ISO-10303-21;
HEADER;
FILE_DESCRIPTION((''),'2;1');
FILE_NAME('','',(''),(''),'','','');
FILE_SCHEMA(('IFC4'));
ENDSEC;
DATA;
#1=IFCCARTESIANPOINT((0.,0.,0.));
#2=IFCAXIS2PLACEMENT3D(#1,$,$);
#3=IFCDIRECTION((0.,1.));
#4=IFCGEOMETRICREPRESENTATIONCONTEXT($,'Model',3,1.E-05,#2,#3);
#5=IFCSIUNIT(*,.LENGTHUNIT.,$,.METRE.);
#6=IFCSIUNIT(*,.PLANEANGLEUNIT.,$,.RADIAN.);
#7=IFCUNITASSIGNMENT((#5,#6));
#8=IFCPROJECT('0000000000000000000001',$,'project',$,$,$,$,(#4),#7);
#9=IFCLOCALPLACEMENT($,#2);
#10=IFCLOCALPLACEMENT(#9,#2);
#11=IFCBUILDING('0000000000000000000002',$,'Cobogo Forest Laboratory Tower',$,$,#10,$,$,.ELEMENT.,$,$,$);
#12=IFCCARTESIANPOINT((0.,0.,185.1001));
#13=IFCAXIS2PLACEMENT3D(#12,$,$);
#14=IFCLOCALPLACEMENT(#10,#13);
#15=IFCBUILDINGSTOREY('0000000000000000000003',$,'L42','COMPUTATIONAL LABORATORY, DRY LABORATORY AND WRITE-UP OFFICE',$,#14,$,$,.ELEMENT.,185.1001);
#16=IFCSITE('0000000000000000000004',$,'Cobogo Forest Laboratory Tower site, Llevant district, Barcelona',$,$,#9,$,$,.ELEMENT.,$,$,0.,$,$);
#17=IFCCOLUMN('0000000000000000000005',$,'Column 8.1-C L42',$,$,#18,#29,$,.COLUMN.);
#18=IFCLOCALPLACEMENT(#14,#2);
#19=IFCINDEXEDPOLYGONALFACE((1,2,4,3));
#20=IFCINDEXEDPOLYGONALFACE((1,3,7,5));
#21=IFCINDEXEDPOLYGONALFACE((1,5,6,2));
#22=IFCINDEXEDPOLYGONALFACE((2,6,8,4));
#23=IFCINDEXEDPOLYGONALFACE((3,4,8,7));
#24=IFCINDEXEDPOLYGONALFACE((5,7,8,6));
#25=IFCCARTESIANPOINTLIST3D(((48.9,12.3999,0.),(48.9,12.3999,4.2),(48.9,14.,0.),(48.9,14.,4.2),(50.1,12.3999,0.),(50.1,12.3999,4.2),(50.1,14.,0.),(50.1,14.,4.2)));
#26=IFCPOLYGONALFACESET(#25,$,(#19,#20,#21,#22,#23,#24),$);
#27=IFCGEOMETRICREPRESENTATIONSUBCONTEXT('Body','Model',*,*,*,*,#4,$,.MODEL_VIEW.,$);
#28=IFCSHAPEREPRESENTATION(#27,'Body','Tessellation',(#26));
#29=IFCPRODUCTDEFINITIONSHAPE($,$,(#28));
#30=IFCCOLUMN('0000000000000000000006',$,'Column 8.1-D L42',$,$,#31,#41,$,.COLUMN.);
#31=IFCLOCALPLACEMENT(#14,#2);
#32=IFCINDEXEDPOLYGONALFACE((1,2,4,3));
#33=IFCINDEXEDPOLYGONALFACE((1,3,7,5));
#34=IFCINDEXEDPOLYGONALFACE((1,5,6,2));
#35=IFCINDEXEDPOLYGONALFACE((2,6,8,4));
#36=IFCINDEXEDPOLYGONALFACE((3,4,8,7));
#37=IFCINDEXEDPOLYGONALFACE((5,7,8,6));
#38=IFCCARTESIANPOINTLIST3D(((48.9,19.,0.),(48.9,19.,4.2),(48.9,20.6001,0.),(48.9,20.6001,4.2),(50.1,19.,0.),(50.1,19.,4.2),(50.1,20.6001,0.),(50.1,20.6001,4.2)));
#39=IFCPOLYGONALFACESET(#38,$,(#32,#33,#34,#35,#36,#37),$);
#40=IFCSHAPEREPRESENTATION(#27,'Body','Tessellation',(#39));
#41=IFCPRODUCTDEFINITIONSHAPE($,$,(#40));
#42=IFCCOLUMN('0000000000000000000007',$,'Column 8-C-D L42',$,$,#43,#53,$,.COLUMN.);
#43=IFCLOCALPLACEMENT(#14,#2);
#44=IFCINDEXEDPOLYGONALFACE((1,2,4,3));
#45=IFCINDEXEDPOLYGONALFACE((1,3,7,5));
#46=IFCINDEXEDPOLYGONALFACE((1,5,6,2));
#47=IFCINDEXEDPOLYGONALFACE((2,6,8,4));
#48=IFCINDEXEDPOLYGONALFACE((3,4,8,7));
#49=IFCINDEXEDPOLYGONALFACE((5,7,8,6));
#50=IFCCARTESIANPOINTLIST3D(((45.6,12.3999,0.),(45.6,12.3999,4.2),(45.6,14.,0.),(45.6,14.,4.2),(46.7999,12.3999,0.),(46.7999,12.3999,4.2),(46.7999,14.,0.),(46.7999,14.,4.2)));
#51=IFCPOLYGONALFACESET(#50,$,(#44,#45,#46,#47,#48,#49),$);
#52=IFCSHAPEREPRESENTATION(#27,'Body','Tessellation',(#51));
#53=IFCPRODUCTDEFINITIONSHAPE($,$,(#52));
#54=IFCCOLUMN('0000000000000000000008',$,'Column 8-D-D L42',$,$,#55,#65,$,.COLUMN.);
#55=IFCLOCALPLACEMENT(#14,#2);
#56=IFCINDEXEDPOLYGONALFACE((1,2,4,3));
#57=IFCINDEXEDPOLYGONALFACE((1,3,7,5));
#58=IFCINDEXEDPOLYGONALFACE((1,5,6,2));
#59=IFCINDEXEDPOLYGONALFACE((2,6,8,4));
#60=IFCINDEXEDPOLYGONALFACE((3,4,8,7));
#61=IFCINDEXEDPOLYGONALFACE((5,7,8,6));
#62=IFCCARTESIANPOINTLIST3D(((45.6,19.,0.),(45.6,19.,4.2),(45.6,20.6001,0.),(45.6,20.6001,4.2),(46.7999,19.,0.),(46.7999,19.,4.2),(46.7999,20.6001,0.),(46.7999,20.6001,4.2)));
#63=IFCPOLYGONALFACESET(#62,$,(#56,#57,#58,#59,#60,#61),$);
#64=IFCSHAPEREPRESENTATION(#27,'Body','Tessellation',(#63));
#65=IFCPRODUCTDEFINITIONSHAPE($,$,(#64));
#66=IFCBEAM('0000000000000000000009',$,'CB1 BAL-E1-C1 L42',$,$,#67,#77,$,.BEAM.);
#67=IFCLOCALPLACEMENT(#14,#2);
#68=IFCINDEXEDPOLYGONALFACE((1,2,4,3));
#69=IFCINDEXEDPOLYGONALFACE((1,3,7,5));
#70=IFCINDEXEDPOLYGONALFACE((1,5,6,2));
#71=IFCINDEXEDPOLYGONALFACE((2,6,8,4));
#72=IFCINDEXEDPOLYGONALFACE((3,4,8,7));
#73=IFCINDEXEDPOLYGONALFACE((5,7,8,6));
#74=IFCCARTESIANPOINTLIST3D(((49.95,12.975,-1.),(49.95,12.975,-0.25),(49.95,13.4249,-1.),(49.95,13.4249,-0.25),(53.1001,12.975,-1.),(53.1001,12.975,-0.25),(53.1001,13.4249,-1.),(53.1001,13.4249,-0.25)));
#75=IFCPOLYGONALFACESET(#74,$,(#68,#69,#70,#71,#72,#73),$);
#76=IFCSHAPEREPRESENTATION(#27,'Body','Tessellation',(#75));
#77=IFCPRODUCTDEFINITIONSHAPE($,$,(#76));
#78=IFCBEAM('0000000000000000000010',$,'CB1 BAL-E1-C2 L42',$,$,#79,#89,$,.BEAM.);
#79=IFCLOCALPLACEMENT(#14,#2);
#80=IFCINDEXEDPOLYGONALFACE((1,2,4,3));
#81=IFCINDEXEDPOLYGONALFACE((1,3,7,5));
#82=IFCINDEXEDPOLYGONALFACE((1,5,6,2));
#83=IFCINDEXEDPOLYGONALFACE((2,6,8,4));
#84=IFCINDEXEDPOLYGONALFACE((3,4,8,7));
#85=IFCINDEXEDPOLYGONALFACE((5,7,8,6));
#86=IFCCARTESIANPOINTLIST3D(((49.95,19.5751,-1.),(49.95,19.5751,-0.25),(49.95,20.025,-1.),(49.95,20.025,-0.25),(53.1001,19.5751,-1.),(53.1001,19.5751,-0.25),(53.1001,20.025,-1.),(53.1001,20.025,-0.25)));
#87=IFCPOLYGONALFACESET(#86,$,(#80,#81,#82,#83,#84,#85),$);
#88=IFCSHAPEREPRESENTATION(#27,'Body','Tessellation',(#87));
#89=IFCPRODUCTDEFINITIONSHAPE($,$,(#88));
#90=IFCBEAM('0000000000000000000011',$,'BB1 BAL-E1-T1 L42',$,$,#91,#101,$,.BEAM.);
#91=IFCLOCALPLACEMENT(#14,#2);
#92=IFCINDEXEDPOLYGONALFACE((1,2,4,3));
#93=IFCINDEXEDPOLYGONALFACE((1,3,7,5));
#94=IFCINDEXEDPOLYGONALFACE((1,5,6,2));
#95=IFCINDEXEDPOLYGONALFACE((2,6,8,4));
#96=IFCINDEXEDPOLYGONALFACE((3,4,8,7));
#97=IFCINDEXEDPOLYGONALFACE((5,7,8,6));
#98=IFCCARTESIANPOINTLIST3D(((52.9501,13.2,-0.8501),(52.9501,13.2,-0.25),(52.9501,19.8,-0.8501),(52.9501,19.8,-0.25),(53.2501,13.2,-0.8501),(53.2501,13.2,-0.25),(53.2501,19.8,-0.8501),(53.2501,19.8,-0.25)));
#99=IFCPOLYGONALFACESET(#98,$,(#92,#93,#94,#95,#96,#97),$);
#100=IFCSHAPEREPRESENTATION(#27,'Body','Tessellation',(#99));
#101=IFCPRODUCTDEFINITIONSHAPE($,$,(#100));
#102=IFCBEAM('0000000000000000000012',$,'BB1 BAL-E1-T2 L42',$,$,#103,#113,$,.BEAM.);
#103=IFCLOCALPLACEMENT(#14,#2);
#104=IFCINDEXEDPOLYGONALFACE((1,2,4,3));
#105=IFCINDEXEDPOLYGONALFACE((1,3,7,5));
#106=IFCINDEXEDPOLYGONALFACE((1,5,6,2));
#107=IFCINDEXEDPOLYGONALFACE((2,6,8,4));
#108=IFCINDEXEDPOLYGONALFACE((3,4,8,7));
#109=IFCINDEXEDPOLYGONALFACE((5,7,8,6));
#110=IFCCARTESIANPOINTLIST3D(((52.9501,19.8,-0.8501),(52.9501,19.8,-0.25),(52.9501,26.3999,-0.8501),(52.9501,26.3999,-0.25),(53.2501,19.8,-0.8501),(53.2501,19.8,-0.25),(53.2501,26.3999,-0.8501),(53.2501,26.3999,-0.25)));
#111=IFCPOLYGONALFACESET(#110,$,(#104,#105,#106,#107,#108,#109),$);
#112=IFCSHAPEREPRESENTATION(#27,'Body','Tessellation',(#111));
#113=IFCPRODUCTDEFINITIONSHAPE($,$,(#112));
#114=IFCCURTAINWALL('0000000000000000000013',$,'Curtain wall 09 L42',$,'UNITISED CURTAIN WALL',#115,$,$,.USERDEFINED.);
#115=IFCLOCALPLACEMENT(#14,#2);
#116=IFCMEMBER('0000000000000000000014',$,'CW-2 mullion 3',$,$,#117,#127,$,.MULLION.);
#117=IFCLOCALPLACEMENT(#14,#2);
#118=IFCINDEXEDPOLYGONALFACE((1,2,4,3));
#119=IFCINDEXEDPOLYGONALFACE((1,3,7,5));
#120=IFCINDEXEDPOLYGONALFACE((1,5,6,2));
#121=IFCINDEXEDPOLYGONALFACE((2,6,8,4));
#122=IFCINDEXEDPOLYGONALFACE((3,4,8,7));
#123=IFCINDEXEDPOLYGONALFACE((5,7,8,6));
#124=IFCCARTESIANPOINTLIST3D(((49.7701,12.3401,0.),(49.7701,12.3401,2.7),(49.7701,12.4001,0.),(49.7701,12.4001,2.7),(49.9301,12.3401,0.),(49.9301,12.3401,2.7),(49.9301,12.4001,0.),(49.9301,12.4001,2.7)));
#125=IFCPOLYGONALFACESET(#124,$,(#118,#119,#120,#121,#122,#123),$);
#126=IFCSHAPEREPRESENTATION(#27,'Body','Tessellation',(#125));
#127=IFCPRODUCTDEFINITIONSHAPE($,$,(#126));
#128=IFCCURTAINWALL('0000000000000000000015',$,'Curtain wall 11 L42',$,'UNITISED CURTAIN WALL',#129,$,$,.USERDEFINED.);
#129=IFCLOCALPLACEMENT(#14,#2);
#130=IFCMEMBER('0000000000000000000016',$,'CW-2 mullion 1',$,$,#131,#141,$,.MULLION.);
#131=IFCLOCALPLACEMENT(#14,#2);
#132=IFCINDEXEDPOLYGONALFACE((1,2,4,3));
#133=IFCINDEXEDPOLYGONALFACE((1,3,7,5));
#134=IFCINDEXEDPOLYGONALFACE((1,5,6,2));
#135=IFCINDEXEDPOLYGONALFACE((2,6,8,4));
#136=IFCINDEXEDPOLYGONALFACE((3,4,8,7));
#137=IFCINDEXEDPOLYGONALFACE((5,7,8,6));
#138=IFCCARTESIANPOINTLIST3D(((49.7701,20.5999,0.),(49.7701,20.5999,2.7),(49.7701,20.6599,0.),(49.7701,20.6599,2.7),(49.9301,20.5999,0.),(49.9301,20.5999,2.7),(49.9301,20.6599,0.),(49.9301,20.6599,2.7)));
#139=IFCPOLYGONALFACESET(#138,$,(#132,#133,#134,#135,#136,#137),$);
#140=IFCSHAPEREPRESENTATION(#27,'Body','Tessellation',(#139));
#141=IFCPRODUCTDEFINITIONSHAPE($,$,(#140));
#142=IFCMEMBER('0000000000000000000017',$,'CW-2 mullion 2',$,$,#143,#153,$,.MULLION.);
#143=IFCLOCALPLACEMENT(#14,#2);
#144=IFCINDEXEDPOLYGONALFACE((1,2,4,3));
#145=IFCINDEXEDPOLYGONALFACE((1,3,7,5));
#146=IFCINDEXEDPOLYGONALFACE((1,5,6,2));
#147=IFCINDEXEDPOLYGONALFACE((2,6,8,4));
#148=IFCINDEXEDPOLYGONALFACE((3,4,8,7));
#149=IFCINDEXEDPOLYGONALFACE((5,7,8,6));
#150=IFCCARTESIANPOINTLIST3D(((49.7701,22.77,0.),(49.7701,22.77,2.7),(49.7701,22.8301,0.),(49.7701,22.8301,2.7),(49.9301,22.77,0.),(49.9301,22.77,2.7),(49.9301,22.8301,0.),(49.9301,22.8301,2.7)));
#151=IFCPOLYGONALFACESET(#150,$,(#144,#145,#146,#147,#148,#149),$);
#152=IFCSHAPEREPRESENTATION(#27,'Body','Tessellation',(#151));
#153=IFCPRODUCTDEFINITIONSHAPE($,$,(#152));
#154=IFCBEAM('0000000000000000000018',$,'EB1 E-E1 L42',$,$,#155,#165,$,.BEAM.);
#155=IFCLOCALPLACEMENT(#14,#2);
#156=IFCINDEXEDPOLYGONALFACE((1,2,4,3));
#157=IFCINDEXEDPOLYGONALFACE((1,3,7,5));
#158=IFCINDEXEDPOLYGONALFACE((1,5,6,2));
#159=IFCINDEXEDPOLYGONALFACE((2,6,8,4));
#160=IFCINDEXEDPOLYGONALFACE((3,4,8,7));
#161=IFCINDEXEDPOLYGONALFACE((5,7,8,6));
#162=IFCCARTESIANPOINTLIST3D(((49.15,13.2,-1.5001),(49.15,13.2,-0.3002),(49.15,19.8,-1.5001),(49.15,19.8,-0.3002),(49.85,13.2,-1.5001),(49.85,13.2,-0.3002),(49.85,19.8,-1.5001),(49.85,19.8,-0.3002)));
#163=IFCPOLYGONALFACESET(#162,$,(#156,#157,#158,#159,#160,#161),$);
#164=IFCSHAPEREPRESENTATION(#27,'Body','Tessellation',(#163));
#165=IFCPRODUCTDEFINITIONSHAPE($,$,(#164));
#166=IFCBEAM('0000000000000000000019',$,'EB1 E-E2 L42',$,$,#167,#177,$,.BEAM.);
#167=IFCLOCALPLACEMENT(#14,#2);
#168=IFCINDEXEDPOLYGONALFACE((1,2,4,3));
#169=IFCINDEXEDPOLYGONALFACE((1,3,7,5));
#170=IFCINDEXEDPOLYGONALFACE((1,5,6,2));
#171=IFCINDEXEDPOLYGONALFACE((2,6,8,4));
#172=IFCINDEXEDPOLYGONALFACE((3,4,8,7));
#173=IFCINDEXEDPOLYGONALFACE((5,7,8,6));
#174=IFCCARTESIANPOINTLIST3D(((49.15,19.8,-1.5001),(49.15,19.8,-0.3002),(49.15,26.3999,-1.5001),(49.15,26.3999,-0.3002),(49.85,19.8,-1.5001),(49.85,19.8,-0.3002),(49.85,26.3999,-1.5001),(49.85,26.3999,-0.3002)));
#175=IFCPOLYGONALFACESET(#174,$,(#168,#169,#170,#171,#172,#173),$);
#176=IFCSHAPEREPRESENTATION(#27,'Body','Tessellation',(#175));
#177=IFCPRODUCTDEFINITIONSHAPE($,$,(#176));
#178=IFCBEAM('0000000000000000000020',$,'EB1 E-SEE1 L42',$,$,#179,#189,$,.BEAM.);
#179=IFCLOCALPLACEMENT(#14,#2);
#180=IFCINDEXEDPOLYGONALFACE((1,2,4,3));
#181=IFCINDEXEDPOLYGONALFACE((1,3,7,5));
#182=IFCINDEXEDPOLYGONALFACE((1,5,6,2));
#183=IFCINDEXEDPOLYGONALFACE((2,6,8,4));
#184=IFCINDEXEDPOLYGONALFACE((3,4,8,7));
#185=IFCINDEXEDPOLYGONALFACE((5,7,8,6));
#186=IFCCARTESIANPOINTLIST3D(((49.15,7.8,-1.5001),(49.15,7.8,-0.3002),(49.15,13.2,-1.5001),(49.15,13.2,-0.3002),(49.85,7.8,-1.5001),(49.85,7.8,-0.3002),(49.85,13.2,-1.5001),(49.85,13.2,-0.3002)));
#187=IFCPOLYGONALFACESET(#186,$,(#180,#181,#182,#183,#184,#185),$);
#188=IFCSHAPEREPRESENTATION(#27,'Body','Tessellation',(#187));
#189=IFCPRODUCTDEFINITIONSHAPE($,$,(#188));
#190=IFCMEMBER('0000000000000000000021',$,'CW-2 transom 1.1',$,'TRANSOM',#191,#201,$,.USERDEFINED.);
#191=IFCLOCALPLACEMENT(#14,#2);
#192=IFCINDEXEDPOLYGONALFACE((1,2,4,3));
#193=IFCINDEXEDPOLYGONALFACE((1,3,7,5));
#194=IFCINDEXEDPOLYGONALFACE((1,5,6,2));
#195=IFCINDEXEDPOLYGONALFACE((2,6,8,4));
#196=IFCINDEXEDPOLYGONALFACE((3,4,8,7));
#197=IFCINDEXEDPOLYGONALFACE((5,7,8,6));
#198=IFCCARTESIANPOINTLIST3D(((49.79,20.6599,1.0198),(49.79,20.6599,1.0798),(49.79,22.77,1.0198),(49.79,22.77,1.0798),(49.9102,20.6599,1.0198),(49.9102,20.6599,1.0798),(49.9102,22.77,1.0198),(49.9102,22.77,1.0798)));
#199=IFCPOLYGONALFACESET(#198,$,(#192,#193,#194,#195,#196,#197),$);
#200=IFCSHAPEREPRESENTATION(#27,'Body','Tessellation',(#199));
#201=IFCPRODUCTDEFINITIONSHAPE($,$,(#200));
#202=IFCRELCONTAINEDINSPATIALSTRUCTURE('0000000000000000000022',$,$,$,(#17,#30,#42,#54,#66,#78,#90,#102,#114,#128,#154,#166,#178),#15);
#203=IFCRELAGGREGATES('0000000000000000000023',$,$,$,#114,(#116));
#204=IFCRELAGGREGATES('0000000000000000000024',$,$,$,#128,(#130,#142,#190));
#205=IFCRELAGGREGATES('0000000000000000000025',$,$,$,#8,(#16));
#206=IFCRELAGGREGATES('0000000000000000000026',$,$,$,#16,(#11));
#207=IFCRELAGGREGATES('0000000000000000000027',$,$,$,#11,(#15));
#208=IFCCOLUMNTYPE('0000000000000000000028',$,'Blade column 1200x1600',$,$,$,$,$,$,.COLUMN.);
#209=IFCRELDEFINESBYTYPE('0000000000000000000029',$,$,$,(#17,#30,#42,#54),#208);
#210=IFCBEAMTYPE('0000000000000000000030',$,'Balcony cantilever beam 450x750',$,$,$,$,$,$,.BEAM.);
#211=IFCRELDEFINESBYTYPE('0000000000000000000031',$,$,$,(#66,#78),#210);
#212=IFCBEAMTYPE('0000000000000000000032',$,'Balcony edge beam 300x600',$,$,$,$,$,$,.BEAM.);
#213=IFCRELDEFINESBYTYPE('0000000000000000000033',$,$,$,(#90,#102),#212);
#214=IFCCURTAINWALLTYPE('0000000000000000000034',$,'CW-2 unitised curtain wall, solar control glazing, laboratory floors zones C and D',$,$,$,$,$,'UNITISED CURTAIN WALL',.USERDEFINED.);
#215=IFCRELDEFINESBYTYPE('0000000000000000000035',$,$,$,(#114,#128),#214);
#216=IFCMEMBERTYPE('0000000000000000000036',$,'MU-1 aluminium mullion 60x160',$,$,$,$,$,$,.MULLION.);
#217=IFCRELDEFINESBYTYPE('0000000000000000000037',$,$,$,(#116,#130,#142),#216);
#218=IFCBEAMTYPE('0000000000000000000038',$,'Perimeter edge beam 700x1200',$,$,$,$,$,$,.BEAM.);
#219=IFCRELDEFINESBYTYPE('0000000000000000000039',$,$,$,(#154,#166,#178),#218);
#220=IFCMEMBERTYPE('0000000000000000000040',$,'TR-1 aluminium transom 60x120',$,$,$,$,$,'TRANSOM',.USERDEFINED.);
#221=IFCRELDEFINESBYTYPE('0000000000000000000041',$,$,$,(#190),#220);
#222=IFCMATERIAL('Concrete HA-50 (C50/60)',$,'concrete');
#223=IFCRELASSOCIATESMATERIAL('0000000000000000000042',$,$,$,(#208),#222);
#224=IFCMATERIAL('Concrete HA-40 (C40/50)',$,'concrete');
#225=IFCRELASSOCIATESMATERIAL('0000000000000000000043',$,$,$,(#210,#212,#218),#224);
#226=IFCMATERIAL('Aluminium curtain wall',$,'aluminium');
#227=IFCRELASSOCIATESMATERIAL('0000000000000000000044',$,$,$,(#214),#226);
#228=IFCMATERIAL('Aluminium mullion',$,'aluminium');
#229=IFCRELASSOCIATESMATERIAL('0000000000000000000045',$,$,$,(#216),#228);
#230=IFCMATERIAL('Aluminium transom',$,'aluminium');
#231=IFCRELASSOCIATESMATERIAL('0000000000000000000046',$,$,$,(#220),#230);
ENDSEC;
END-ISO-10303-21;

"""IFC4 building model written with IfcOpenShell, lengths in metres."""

from ifc_helpers import new_model, si_unit, direction, frame, origin, origin_2d, place, context, subcontext, project, spatial, rectangle, extrude, material, material_profile, profile_set, type_object, element, aggregate, save


model = new_model("IFC4")

# Units and contexts
model_context = context("Model", 3, precision=1e-05, world=origin(), true_north=direction((0.0, 1.0)))
body_context = subcontext(model_context, "Body", "Model", "MODEL_VIEW")
ifc_project = project(units=[si_unit("LENGTHUNIT", "METRE"), si_unit("PLANEANGLEUNIT", "RADIAN")], contexts=[model_context])

# Site, building, storey
site_placement = place(None, origin())
site = spatial("IfcSite", under=ifc_project, at=site_placement, Name="Cobogo Forest Laboratory Tower site, Llevant district, Barcelona", CompositionType="ELEMENT", RefElevation=0.0)
building_placement = place(site_placement, origin())
building = spatial("IfcBuilding", under=site, at=building_placement, Name="Cobogo Forest Laboratory Tower", CompositionType="ELEMENT")
storey_placement = place(building_placement, frame((0.0, 0.0, 185.1001)))
storey = spatial("IfcBuildingStorey", under=building, at=storey_placement, Name="L42", Description="COMPUTATIONAL LABORATORY, DRY LABORATORY AND WRITE-UP OFFICE", CompositionType="ELEMENT", Elevation=185.1001)

# Columns
ifc_material_1 = material(Name="Concrete HA-50 (C50/60)", Category="concrete")
ifc_material_profile_1 = material_profile(ifc_material_1, rectangle(XDim=1.6001, YDim=1.2, at=origin_2d()), Name="RC 1200x1600")
ifc_profile_set_1 = profile_set([ifc_material_profile_1], Name="Concrete HA-50 (C50/60)")
column_type = type_object("IfcColumnType", Name="Blade column 1200x1600", PredefinedType="COLUMN", material=ifc_profile_set_1)
for number, where, z_axis, x_axis, name in (
    (1, (49.5, 13.2, 0.0), (0.0, 0.0, 1.0), (0.0, 1.0, 0.0), "Column 8.1-C L42"),
    (2, (49.5, 19.8, 0.0), (0.0, 0.0, 1.0), (0.0, 1.0, 0.0), "Column 8.1-D L42"),
    (3, (46.2, 13.2, 0.0), (0.0, 0.0, 1.0), (0.0, 1.0, 0.0), "Column 8-C-D L42"),
    (4, (46.2, 19.8, 0.0), (0.0, 0.0, 1.0), (0.0, 1.0, 0.0), "Column 8-D-D L42"),
):
    element("IfcColumn", number, at=place(storey_placement, frame(where, z_axis=z_axis, x_axis=x_axis)), inside=storey, type_object=column_type, Name=name, PredefinedType="COLUMN", context=body_context, shape_type="SweptSolid", body=[
        extrude(rectangle(XDim=1.6001, YDim=1.2, at=origin_2d()), origin(), (0.0, 0.0, 1.0), 4.2),
    ])

# Beams
ifc_material_2 = material(Name="Concrete HA-40 (C40/50)", Category="concrete")
ifc_material_profile_2 = material_profile(ifc_material_2, rectangle(XDim=0.45, YDim=0.75, at=origin_2d()), Name="RC 450x750")
ifc_profile_set_2 = profile_set([ifc_material_profile_2], Name="Concrete HA-40 (C40/50)")
beam_type_1 = type_object("IfcBeamType", Name="Balcony cantilever beam 450x750", PredefinedType="BEAM", material=ifc_profile_set_2)
for number, where, z_axis, x_axis, name in (
    (5, (49.95, 13.2, -0.625), (1.0, 0.0, 0.0), (0.0, 1.0, 0.0), "CB1 BAL-E1-C1 L42"),
    (6, (49.95, 19.8, -0.625), (1.0, 0.0, 0.0), (0.0, 1.0, 0.0), "CB1 BAL-E1-C2 L42"),
):
    element("IfcBeam", number, at=place(storey_placement, frame(where, z_axis=z_axis, x_axis=x_axis)), inside=storey, type_object=beam_type_1, Name=name, PredefinedType="BEAM", context=body_context, shape_type="SweptSolid", body=[
        extrude(rectangle(XDim=0.45, YDim=0.75, at=origin_2d()), origin(), (0.0, 0.0, 1.0), 3.1501),
    ])
ifc_material_profile_3 = material_profile(ifc_material_2, rectangle(XDim=0.3, YDim=0.6001, at=origin_2d()), Name="RC 300x600")
ifc_profile_set_3 = profile_set([ifc_material_profile_3], Name="Concrete HA-40 (C40/50)")
beam_type_2 = type_object("IfcBeamType", Name="Balcony edge beam 300x600", PredefinedType="BEAM", material=ifc_profile_set_3)
beam_1_placement = place(storey_placement, frame((53.1001, 13.2, -0.55), z_axis=(0.0, 1.0, 0.0), x_axis=(-1.0, 0.0, 0.0)))
element("IfcBeam", 7, at=beam_1_placement, inside=storey, type_object=beam_type_2, Name="BB1 BAL-E1-T1 L42", PredefinedType="BEAM", context=body_context, shape_type="SweptSolid", body=[
    extrude(rectangle(XDim=0.3, YDim=0.6001, at=origin_2d()), origin(), (0.0, 0.0, 1.0), 6.6001),
])
beam_2_placement = place(storey_placement, frame((53.1001, 19.8, -0.55), z_axis=(0.0, 1.0, 0.0), x_axis=(-1.0, 0.0, 0.0)))
element("IfcBeam", 8, at=beam_2_placement, inside=storey, type_object=beam_type_2, Name="BB1 BAL-E1-T2 L42", PredefinedType="BEAM", context=body_context, shape_type="SweptSolid", body=[
    extrude(rectangle(XDim=0.3, YDim=0.6001, at=origin_2d()), origin(), (0.0, 0.0, 1.0), 6.5999),
])

# Curtain wall, member
ifc_material_3 = material(Name="Aluminium curtain wall", Category="aluminium")
curtain_wall_type = type_object("IfcCurtainWallType", Name="CW-2 unitised curtain wall, solar control glazing, laboratory floors zones C and D", ElementType="UNITISED CURTAIN WALL", PredefinedType="USERDEFINED", material=ifc_material_3)
curtain_wall_1_placement = place(storey_placement, origin())
curtain_wall_1 = element("IfcCurtainWall", 9, at=curtain_wall_1_placement, inside=storey, type_object=curtain_wall_type, Name="Curtain wall 09 L42", ObjectType="UNITISED CURTAIN WALL", PredefinedType="USERDEFINED")
ifc_material_4 = material(Name="Aluminium mullion", Category="aluminium")
ifc_material_profile_4 = material_profile(ifc_material_4, rectangle(XDim=0.0601, YDim=0.1599, at=origin_2d()), Name="AL 60x160")
ifc_profile_set_4 = profile_set([ifc_material_profile_4], Name="Aluminium mullion")
member_type_1 = type_object("IfcMemberType", Name="MU-1 aluminium mullion 60x160", PredefinedType="MULLION", material=ifc_profile_set_4)
member_1_placement = place(storey_placement, frame((49.8501, 12.3701, 0.0), z_axis=(0.0, 0.0, 1.0), x_axis=(0.0, 1.0, 0.0)))
member_1 = element("IfcMember", 10, at=member_1_placement, type_object=member_type_1, Name="CW-2 mullion 3", PredefinedType="MULLION", context=body_context, shape_type="SweptSolid", body=[
    extrude(rectangle(XDim=0.0601, YDim=0.1599, at=origin_2d()), origin(), (0.0, 0.0, 1.0), 2.7),
])

# Curtain wall, members
curtain_wall_2_placement = place(storey_placement, origin())
curtain_wall_2 = element("IfcCurtainWall", 11, at=curtain_wall_2_placement, inside=storey, type_object=curtain_wall_type, Name="Curtain wall 11 L42", ObjectType="UNITISED CURTAIN WALL", PredefinedType="USERDEFINED")
member_2_placement = place(storey_placement, frame((49.8501, 20.6299, 0.0), z_axis=(0.0, 0.0, 1.0), x_axis=(0.0, 1.0, 0.0)))
member_2 = element("IfcMember", 12, at=member_2_placement, type_object=member_type_1, Name="CW-2 mullion 1", PredefinedType="MULLION", context=body_context, shape_type="SweptSolid", body=[
    extrude(rectangle(XDim=0.0601, YDim=0.1599, at=origin_2d()), origin(), (0.0, 0.0, 1.0), 2.7),
])
member_3_placement = place(storey_placement, frame((49.8501, 22.8, 0.0), z_axis=(0.0, 0.0, 1.0), x_axis=(0.0, 1.0, 0.0)))
member_3 = element("IfcMember", 13, at=member_3_placement, type_object=member_type_1, Name="CW-2 mullion 2", PredefinedType="MULLION", context=body_context, shape_type="SweptSolid", body=[
    extrude(rectangle(XDim=0.0601, YDim=0.1599, at=origin_2d()), origin(), (0.0, 0.0, 1.0), 2.7),
])

# Beams
ifc_material_profile_5 = material_profile(ifc_material_2, rectangle(XDim=0.7, YDim=1.2, at=origin_2d()), Name="RC 700x1200")
ifc_profile_set_5 = profile_set([ifc_material_profile_5], Name="Concrete HA-40 (C40/50)")
beam_type_3 = type_object("IfcBeamType", Name="Perimeter edge beam 700x1200", PredefinedType="BEAM", material=ifc_profile_set_5)
beam_3_placement = place(storey_placement, frame((49.5, 13.2, -0.9001), z_axis=(0.0, 1.0, 0.0), x_axis=(-1.0, 0.0, 0.0)))
element("IfcBeam", 14, at=beam_3_placement, inside=storey, type_object=beam_type_3, Name="EB1 E-E1 L42", PredefinedType="BEAM", context=body_context, shape_type="SweptSolid", body=[
    extrude(rectangle(XDim=0.7, YDim=1.2, at=origin_2d()), origin(), (0.0, 0.0, 1.0), 6.6001),
])
beam_4_placement = place(storey_placement, frame((49.5, 19.8, -0.9001), z_axis=(0.0, 1.0, 0.0), x_axis=(-1.0, 0.0, 0.0)))
element("IfcBeam", 15, at=beam_4_placement, inside=storey, type_object=beam_type_3, Name="EB1 E-E2 L42", PredefinedType="BEAM", context=body_context, shape_type="SweptSolid", body=[
    extrude(rectangle(XDim=0.7, YDim=1.2, at=origin_2d()), origin(), (0.0, 0.0, 1.0), 6.5999),
])
beam_5_placement = place(storey_placement, frame((49.5, 13.2, -0.9001), z_axis=(0.0, -1.0, 0.0), x_axis=(1.0, 0.0, 0.0)))
element("IfcBeam", 16, at=beam_5_placement, inside=storey, type_object=beam_type_3, Name="EB1 E-SEE1 L42", PredefinedType="BEAM", context=body_context, shape_type="SweptSolid", body=[
    extrude(rectangle(XDim=0.7, YDim=1.2, at=origin_2d()), origin(), (0.0, 0.0, 1.0), 5.3999),
])

# Member
ifc_material_5 = material(Name="Aluminium transom", Category="aluminium")
ifc_material_profile_6 = material_profile(ifc_material_5, rectangle(XDim=0.1201, YDim=0.0601, at=origin_2d()), Name="AL 60x120")
ifc_profile_set_6 = profile_set([ifc_material_profile_6], Name="Aluminium transom")
member_type_2 = type_object("IfcMemberType", Name="TR-1 aluminium transom 60x120", ElementType="TRANSOM", PredefinedType="USERDEFINED", material=ifc_profile_set_6)
member_4_placement = place(storey_placement, frame((49.8501, 20.6599, 1.0498), z_axis=(0.0, 1.0, 0.0), x_axis=(-1.0, 0.0, 0.0)))
member_4 = element("IfcMember", 17, at=member_4_placement, type_object=member_type_2, Name="CW-2 transom 1.1", ObjectType="TRANSOM", PredefinedType="USERDEFINED", context=body_context, shape_type="SweptSolid", body=[
    extrude(rectangle(XDim=0.1201, YDim=0.0601, at=origin_2d()), origin(), (0.0, 0.0, 1.0), 2.1101),
])

aggregate(curtain_wall_1, [member_1])
aggregate(curtain_wall_2, [member_2, member_3, member_4])

save(model, "model.ifc")
